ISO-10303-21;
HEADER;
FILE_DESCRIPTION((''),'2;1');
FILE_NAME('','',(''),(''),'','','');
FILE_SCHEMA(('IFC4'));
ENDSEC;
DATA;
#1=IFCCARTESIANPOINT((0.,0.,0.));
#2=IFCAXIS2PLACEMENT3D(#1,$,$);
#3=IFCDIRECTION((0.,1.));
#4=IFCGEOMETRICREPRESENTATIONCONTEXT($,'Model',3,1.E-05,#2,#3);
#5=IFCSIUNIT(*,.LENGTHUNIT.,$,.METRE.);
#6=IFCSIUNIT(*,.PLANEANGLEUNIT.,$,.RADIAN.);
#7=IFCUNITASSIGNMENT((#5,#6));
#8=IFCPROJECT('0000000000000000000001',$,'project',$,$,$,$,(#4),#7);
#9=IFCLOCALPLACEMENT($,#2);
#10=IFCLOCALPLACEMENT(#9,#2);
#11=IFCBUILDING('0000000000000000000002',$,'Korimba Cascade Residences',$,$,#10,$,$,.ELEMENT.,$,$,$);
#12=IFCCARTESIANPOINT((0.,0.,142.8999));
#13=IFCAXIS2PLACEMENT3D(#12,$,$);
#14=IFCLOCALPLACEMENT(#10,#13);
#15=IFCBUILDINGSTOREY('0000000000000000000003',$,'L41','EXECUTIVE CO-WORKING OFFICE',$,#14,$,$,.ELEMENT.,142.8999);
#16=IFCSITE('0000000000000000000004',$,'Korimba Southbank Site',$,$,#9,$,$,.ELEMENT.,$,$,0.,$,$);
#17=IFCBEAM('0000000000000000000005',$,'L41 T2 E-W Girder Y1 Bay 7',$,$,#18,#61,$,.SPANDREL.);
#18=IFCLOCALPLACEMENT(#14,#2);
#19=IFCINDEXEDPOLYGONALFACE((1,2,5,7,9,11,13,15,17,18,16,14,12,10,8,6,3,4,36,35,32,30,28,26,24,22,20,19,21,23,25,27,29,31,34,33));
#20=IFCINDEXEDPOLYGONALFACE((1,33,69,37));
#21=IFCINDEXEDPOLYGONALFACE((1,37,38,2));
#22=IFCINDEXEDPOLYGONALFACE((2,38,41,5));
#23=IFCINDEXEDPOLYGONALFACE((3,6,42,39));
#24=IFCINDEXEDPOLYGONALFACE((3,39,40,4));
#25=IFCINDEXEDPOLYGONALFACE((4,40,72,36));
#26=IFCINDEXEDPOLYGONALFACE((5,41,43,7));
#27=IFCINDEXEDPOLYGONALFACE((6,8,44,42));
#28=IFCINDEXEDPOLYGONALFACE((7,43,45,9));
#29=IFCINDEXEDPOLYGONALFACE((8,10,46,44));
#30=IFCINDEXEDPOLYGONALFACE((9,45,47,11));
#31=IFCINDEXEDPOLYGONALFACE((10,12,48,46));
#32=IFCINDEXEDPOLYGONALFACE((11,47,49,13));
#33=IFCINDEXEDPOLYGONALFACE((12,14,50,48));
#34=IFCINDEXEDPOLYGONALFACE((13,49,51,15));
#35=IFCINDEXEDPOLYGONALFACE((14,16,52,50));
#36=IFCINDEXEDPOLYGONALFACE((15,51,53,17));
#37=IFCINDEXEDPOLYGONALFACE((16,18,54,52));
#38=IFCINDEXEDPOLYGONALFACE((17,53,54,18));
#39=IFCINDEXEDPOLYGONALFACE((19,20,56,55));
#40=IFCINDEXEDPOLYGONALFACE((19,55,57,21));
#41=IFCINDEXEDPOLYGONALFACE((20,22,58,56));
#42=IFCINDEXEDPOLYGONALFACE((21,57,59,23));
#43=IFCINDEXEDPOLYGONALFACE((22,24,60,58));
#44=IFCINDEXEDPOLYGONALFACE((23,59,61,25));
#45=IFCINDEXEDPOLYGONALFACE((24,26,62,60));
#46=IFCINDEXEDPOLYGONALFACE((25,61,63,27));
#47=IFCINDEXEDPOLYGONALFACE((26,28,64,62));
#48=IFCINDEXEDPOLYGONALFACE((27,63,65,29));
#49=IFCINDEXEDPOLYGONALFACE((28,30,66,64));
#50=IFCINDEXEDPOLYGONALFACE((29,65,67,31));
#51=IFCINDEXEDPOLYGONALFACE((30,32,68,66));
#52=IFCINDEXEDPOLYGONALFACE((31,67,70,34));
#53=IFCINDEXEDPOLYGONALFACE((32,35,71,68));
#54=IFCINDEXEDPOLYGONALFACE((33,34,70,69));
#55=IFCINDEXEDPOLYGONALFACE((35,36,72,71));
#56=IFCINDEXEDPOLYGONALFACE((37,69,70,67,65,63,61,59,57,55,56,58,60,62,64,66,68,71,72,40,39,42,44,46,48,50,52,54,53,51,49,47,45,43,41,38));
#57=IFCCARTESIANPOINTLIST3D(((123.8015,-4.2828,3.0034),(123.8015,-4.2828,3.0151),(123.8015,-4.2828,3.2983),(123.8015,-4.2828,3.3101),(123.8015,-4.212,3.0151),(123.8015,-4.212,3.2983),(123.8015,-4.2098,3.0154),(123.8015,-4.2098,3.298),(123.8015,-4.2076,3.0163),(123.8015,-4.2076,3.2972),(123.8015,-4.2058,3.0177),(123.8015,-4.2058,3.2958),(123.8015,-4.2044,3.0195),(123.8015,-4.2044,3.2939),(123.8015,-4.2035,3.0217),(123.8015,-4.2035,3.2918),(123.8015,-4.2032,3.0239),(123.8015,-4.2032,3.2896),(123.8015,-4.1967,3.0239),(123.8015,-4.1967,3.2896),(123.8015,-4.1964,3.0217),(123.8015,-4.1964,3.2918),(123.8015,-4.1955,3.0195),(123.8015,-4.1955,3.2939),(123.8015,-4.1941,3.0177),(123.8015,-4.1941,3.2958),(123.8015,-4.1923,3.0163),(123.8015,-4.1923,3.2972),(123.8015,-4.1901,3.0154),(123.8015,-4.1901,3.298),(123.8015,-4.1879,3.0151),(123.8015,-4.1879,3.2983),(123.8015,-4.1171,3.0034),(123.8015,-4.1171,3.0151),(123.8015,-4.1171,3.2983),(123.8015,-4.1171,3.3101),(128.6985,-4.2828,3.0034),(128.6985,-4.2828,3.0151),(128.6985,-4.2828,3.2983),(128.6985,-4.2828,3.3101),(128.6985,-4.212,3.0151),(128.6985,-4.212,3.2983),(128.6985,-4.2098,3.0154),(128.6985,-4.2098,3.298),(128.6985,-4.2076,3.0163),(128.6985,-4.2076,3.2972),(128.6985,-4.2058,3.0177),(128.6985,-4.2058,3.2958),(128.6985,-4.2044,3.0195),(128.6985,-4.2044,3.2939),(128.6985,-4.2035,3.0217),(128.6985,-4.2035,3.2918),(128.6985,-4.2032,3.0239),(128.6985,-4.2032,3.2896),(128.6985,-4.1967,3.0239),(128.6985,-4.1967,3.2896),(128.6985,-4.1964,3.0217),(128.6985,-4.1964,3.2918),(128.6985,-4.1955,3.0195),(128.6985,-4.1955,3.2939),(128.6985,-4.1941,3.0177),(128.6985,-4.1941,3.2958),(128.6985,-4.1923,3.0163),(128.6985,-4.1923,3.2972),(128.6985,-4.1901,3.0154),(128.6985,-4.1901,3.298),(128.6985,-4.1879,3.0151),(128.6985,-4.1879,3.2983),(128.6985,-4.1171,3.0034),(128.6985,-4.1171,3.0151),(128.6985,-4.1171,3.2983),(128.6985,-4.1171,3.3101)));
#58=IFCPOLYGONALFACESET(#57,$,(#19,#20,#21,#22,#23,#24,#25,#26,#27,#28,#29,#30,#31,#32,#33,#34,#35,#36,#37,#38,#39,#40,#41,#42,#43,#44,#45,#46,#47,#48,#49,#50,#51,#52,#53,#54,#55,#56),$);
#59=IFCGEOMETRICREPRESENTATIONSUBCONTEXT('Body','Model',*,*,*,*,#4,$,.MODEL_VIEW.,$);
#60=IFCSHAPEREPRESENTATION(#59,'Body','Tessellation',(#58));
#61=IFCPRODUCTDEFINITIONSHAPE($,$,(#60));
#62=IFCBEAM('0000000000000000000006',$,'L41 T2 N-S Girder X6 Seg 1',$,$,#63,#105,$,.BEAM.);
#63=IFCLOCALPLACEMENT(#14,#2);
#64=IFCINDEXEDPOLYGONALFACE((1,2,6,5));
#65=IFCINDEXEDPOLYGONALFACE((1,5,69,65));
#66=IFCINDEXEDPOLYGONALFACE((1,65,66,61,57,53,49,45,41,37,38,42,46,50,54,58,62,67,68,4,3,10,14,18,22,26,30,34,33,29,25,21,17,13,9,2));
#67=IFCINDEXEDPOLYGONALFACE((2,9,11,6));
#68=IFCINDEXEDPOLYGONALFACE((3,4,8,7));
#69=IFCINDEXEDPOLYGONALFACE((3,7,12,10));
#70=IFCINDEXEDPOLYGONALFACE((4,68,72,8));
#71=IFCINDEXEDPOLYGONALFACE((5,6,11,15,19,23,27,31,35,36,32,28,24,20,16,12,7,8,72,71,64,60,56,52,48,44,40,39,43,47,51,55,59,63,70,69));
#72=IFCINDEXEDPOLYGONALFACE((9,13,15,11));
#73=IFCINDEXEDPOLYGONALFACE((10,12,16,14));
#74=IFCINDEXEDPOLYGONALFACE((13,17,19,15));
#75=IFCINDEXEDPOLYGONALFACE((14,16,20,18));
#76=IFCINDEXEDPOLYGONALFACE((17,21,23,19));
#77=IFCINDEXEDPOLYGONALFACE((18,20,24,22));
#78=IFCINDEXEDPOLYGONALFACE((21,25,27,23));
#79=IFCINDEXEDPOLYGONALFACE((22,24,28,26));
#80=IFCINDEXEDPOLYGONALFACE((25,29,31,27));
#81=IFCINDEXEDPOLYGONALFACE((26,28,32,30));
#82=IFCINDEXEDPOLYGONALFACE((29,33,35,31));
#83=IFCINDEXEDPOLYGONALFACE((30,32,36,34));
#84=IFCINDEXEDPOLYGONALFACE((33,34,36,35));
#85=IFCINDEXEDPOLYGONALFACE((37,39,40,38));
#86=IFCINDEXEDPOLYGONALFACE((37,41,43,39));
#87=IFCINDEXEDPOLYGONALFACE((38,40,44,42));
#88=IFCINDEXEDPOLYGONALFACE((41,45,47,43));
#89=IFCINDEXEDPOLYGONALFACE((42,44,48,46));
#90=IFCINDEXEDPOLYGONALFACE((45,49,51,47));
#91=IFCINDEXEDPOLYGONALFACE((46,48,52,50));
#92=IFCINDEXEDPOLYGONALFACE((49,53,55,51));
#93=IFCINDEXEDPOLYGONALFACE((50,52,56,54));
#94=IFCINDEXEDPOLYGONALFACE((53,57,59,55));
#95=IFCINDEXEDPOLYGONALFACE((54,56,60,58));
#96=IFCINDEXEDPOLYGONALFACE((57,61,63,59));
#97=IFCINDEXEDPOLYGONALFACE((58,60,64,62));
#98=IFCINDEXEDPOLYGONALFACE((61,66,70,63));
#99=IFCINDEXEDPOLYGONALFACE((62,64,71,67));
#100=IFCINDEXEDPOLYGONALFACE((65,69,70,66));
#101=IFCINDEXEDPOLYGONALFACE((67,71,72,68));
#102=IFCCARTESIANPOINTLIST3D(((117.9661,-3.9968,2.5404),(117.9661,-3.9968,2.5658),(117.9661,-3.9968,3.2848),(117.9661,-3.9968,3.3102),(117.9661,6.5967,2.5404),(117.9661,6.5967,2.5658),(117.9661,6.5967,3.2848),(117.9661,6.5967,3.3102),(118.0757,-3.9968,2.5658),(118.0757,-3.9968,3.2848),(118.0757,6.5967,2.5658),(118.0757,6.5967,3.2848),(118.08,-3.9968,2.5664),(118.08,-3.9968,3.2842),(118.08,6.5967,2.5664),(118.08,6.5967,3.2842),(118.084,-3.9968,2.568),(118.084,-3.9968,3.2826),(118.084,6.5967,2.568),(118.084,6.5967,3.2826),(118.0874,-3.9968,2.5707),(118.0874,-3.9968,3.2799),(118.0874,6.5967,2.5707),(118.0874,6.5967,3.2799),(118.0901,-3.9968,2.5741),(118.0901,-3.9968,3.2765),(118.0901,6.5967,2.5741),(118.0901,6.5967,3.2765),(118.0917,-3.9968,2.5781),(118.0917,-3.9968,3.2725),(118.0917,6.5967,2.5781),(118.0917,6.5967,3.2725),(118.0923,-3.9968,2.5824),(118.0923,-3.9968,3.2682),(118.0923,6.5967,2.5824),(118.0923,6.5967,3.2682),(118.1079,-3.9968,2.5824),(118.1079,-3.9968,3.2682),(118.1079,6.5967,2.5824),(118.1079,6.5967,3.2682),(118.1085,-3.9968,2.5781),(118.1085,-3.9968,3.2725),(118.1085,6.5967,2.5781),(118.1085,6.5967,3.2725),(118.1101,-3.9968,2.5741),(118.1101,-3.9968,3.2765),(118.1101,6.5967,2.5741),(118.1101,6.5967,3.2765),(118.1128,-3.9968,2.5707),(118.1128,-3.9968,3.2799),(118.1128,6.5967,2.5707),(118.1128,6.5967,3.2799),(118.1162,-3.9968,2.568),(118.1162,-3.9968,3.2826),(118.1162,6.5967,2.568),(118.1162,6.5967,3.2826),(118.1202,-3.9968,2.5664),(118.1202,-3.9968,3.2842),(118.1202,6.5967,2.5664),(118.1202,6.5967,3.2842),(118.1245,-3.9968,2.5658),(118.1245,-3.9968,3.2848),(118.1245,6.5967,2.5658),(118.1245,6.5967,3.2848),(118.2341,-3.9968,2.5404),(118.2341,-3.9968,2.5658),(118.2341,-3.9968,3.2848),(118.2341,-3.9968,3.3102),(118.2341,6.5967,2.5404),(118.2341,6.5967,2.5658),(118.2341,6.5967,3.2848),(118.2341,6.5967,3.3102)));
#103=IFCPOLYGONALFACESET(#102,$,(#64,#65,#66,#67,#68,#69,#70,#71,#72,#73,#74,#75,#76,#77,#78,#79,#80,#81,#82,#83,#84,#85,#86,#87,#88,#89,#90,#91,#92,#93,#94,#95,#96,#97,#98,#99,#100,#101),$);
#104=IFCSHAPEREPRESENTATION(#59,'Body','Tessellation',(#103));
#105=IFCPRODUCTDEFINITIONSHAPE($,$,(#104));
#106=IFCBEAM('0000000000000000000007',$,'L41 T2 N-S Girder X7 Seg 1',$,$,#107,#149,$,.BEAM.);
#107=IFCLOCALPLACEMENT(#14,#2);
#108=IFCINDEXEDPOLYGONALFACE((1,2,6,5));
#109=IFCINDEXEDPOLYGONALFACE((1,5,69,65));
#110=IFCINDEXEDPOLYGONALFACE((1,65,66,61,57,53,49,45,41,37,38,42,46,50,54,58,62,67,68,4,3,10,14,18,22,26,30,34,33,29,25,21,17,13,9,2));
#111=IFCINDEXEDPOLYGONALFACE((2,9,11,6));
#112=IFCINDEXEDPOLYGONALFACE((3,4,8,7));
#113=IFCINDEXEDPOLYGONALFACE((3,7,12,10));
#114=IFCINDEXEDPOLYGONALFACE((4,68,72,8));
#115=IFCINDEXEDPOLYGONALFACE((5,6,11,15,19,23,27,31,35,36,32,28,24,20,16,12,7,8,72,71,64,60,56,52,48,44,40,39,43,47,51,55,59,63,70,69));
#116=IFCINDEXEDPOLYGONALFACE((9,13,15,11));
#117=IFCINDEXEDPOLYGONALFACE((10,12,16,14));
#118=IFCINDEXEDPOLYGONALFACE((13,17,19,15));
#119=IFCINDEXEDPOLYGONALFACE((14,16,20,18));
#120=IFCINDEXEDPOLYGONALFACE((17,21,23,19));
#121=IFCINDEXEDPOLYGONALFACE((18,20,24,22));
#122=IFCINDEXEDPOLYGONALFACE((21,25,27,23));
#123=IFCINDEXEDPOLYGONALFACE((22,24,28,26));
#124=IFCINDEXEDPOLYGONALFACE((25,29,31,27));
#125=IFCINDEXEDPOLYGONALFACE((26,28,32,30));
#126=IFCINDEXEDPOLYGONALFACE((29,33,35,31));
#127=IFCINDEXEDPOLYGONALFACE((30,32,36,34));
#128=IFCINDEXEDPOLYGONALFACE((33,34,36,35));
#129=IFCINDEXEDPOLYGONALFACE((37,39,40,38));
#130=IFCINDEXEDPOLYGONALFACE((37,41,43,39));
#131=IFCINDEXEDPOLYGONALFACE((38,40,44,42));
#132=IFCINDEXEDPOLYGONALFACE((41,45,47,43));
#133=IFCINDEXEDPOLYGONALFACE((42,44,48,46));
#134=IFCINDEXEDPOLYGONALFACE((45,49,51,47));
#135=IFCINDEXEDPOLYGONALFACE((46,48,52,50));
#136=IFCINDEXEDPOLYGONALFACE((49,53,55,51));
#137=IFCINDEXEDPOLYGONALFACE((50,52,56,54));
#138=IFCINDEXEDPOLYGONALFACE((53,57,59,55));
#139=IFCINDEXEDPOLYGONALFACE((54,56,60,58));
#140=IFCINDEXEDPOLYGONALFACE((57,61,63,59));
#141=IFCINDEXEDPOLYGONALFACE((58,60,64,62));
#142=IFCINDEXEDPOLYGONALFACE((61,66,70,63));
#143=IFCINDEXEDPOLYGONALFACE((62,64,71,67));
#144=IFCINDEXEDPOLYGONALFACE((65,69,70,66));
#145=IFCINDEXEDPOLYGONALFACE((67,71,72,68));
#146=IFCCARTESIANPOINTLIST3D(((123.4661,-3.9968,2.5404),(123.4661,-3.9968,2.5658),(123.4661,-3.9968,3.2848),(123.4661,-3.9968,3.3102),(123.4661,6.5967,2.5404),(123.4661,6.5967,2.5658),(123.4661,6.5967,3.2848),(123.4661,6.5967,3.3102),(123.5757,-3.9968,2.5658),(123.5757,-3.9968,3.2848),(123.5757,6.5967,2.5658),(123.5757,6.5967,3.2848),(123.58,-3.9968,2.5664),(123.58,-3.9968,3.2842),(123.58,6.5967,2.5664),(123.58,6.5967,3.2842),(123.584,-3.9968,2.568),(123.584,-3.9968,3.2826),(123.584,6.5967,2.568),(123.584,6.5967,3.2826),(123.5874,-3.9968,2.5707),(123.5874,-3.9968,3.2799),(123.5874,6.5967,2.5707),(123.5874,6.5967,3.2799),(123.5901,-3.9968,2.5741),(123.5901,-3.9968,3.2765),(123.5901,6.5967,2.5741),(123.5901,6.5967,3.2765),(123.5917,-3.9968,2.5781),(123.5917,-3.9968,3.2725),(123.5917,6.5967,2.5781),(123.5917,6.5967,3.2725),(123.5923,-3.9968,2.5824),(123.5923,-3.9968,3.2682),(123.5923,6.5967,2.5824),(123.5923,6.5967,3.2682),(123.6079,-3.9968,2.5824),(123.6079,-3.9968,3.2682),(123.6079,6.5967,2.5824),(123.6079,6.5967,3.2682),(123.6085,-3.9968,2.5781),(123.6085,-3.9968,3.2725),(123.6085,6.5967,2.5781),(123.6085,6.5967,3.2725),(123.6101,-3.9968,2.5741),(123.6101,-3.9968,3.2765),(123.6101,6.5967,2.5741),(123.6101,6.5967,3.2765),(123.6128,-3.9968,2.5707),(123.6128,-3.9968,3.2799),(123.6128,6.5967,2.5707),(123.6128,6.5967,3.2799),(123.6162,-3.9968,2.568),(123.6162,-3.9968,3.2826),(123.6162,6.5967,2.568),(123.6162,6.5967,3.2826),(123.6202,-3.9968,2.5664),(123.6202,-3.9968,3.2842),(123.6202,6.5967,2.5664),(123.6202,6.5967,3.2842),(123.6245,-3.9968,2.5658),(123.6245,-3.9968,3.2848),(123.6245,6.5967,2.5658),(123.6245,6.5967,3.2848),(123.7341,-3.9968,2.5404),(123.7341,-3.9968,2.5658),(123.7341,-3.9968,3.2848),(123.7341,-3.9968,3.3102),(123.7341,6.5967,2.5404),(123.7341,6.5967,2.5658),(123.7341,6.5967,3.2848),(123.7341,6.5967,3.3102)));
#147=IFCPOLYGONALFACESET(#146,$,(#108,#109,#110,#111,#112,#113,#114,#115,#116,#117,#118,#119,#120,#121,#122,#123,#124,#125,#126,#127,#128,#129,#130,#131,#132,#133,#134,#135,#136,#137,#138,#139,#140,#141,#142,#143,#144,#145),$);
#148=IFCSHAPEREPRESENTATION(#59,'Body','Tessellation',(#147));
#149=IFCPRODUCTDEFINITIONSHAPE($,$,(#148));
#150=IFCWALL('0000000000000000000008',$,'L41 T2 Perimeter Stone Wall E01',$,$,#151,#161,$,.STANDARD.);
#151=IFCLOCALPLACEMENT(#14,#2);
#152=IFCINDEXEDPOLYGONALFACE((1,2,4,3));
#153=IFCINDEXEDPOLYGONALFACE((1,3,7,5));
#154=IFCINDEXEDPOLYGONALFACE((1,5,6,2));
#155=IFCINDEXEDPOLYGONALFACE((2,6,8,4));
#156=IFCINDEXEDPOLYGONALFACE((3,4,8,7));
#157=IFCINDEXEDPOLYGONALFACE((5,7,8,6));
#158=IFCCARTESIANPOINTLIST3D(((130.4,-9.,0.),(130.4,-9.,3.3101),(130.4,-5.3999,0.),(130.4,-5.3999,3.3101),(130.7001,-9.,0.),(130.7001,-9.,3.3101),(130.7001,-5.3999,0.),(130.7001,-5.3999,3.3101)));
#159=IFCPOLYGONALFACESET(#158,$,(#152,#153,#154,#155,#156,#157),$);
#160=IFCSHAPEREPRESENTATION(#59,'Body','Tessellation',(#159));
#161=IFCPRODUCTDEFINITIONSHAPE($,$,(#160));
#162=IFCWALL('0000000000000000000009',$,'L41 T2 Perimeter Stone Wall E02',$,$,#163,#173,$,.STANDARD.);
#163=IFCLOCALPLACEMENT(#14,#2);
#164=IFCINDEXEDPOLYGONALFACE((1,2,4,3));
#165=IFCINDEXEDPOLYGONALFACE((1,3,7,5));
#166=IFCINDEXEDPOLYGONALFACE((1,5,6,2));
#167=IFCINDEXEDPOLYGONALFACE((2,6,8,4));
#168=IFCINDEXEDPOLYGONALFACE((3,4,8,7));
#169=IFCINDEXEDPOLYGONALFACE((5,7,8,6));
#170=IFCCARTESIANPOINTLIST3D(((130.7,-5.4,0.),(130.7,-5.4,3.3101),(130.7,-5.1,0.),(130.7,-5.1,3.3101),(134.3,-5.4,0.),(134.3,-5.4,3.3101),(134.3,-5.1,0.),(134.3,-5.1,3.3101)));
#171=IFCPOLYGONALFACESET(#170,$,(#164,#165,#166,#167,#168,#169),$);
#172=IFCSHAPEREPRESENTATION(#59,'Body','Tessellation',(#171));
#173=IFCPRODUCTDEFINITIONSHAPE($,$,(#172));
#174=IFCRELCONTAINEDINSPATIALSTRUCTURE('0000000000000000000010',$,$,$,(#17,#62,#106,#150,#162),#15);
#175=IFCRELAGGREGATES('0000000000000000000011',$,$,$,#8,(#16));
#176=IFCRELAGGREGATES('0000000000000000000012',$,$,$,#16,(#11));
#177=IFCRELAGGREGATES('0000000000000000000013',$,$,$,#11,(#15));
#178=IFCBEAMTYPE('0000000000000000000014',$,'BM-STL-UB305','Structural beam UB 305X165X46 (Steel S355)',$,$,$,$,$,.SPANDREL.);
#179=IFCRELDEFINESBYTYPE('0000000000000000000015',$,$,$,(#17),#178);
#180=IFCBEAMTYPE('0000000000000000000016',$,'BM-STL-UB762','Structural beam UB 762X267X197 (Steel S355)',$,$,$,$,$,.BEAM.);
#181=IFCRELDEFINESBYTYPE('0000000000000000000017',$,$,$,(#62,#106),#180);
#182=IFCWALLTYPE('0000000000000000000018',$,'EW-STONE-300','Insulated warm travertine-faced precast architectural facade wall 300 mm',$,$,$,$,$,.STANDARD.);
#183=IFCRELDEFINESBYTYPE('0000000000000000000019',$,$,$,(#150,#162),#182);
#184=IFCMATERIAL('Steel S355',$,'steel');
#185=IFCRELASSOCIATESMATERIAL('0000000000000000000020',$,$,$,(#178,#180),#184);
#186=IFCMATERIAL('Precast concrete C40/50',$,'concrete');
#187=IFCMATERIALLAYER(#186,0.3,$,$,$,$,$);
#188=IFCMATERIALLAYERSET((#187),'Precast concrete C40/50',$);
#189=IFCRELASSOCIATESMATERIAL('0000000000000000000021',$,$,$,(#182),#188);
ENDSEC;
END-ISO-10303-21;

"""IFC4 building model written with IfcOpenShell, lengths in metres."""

from ifc_helpers import new_model, si_unit, direction, frame, frame_2d, origin, origin_2d, place, context, subcontext, project, spatial, rectangle, i_section, extrude, material, layer, layer_set, material_profile, profile_set, type_object, element, save


model = new_model("IFC4")

# Units and contexts
model_context = context("Model", 3, precision=1e-05, world=origin(), true_north=direction((0.0, 1.0)))
body_context = subcontext(model_context, "Body", "Model", "MODEL_VIEW")
ifc_project = project(units=[si_unit("LENGTHUNIT", "METRE"), si_unit("PLANEANGLEUNIT", "RADIAN")], contexts=[model_context])

# Site, building, storey
site_placement = place(None, origin())
site = spatial("IfcSite", under=ifc_project, at=site_placement, Name="Korimba Southbank Site", CompositionType="ELEMENT", RefElevation=0.0)
building_placement = place(site_placement, origin())
building = spatial("IfcBuilding", under=site, at=building_placement, Name="Korimba Cascade Residences", CompositionType="ELEMENT")
storey_placement = place(building_placement, frame((0.0, 0.0, 142.8999)))
storey = spatial("IfcBuildingStorey", under=building, at=storey_placement, Name="L41", Description="EXECUTIVE CO-WORKING OFFICE", CompositionType="ELEMENT", Elevation=142.8999)

# Beams
ifc_material_1 = material(Name="Steel S355", Category="steel")
ifc_material_profile_1 = material_profile(ifc_material_1, i_section(OverallWidth=0.1658, OverallDepth=0.3066, WebThickness=0.0066, FlangeThickness=0.0117, FilletRadius=0.0088, at=origin_2d()), Name="Steel S355")
ifc_profile_set_1 = profile_set([ifc_material_profile_1], Name="Steel S355")
beam_type_1 = type_object("IfcBeamType", Name="BM-STL-UB305", Description="Structural beam UB 305X165X46 (Steel S355)", PredefinedType="SPANDREL", material=ifc_profile_set_1)
beam_1_placement = place(storey_placement, frame((123.8015, -4.2, 3.1567), z_axis=(1.0, 0.0, 0.0), x_axis=(0.0, 1.0, 0.0)))
element("IfcBeam", 1, at=beam_1_placement, inside=storey, type_object=beam_type_1, Name="L41 T2 E-W Girder Y1 Bay 7", PredefinedType="SPANDREL", context=body_context, shape_type="SweptSolid", body=[
    extrude(i_section(OverallWidth=0.1658, OverallDepth=0.3066, WebThickness=0.0066, FlangeThickness=0.0117, FilletRadius=0.0088, at=origin_2d()), origin(), (0.0, 0.0, 1.0), 4.897),
])
ifc_material_profile_2 = material_profile(ifc_material_1, i_section(OverallWidth=0.2681, OverallDepth=0.7698, WebThickness=0.0156, FlangeThickness=0.0254, FilletRadius=0.0166, at=origin_2d()), Name="Steel S355")
ifc_profile_set_2 = profile_set([ifc_material_profile_2], Name="Steel S355")
beam_type_2 = type_object("IfcBeamType", Name="BM-STL-UB762", Description="Structural beam UB 762X267X197 (Steel S355)", PredefinedType="BEAM", material=ifc_profile_set_2)
for number, where, z_axis, x_axis, name in (
    (2, (118.1001, -3.9968, 2.9253), (0.0, 1.0, 0.0), (-1.0, 0.0, 0.0), "L41 T2 N-S Girder X6 Seg 1"),
    (3, (123.6001, -3.9968, 2.9253), (0.0, 1.0, 0.0), (-1.0, 0.0, 0.0), "L41 T2 N-S Girder X7 Seg 1"),
):
    element("IfcBeam", number, at=place(storey_placement, frame(where, z_axis=z_axis, x_axis=x_axis)), inside=storey, type_object=beam_type_2, Name=name, PredefinedType="BEAM", context=body_context, shape_type="SweptSolid", body=[
        extrude(i_section(OverallWidth=0.2681, OverallDepth=0.7698, WebThickness=0.0156, FlangeThickness=0.0254, FilletRadius=0.0166, at=origin_2d()), origin(), (0.0, 0.0, 1.0), 10.5935),
    ])

# Walls
ifc_material_2 = material(Name="Precast concrete C40/50", Category="concrete")
ifc_layer_1 = layer(ifc_material_2, 0.3)
ifc_layer_set_1 = layer_set([ifc_layer_1], Name="Precast concrete C40/50")
wall_type_1 = type_object("IfcWallType", Name="EW-STONE-300", Description="Insulated warm travertine-faced precast architectural facade wall 300 mm", PredefinedType="STANDARD", material=ifc_layer_set_1)
for number, where, z_axis, x_axis, name in (
    (4, (130.55, -9.0, 0.0), (0.0, 0.0, 1.0), (0.0, 1.0, 0.0), "L41 T2 Perimeter Stone Wall E01"),
    (5, (130.7, -5.25, 0.0), (0.0, 0.0, 1.0), (1.0, 0.0, 0.0), "L41 T2 Perimeter Stone Wall E02"),
):
    element("IfcWall", number, at=place(storey_placement, frame(where, z_axis=z_axis, x_axis=x_axis)), inside=storey, type_object=wall_type_1, Name=name, PredefinedType="STANDARD", context=body_context, shape_type="SweptSolid", body=[
        extrude(rectangle(XDim=3.6001, YDim=0.3, at=frame_2d((1.8, 0.0))), origin(), (0.0, 0.0, 1.0), 3.3101),
    ])

save(model, "model.ifc")
